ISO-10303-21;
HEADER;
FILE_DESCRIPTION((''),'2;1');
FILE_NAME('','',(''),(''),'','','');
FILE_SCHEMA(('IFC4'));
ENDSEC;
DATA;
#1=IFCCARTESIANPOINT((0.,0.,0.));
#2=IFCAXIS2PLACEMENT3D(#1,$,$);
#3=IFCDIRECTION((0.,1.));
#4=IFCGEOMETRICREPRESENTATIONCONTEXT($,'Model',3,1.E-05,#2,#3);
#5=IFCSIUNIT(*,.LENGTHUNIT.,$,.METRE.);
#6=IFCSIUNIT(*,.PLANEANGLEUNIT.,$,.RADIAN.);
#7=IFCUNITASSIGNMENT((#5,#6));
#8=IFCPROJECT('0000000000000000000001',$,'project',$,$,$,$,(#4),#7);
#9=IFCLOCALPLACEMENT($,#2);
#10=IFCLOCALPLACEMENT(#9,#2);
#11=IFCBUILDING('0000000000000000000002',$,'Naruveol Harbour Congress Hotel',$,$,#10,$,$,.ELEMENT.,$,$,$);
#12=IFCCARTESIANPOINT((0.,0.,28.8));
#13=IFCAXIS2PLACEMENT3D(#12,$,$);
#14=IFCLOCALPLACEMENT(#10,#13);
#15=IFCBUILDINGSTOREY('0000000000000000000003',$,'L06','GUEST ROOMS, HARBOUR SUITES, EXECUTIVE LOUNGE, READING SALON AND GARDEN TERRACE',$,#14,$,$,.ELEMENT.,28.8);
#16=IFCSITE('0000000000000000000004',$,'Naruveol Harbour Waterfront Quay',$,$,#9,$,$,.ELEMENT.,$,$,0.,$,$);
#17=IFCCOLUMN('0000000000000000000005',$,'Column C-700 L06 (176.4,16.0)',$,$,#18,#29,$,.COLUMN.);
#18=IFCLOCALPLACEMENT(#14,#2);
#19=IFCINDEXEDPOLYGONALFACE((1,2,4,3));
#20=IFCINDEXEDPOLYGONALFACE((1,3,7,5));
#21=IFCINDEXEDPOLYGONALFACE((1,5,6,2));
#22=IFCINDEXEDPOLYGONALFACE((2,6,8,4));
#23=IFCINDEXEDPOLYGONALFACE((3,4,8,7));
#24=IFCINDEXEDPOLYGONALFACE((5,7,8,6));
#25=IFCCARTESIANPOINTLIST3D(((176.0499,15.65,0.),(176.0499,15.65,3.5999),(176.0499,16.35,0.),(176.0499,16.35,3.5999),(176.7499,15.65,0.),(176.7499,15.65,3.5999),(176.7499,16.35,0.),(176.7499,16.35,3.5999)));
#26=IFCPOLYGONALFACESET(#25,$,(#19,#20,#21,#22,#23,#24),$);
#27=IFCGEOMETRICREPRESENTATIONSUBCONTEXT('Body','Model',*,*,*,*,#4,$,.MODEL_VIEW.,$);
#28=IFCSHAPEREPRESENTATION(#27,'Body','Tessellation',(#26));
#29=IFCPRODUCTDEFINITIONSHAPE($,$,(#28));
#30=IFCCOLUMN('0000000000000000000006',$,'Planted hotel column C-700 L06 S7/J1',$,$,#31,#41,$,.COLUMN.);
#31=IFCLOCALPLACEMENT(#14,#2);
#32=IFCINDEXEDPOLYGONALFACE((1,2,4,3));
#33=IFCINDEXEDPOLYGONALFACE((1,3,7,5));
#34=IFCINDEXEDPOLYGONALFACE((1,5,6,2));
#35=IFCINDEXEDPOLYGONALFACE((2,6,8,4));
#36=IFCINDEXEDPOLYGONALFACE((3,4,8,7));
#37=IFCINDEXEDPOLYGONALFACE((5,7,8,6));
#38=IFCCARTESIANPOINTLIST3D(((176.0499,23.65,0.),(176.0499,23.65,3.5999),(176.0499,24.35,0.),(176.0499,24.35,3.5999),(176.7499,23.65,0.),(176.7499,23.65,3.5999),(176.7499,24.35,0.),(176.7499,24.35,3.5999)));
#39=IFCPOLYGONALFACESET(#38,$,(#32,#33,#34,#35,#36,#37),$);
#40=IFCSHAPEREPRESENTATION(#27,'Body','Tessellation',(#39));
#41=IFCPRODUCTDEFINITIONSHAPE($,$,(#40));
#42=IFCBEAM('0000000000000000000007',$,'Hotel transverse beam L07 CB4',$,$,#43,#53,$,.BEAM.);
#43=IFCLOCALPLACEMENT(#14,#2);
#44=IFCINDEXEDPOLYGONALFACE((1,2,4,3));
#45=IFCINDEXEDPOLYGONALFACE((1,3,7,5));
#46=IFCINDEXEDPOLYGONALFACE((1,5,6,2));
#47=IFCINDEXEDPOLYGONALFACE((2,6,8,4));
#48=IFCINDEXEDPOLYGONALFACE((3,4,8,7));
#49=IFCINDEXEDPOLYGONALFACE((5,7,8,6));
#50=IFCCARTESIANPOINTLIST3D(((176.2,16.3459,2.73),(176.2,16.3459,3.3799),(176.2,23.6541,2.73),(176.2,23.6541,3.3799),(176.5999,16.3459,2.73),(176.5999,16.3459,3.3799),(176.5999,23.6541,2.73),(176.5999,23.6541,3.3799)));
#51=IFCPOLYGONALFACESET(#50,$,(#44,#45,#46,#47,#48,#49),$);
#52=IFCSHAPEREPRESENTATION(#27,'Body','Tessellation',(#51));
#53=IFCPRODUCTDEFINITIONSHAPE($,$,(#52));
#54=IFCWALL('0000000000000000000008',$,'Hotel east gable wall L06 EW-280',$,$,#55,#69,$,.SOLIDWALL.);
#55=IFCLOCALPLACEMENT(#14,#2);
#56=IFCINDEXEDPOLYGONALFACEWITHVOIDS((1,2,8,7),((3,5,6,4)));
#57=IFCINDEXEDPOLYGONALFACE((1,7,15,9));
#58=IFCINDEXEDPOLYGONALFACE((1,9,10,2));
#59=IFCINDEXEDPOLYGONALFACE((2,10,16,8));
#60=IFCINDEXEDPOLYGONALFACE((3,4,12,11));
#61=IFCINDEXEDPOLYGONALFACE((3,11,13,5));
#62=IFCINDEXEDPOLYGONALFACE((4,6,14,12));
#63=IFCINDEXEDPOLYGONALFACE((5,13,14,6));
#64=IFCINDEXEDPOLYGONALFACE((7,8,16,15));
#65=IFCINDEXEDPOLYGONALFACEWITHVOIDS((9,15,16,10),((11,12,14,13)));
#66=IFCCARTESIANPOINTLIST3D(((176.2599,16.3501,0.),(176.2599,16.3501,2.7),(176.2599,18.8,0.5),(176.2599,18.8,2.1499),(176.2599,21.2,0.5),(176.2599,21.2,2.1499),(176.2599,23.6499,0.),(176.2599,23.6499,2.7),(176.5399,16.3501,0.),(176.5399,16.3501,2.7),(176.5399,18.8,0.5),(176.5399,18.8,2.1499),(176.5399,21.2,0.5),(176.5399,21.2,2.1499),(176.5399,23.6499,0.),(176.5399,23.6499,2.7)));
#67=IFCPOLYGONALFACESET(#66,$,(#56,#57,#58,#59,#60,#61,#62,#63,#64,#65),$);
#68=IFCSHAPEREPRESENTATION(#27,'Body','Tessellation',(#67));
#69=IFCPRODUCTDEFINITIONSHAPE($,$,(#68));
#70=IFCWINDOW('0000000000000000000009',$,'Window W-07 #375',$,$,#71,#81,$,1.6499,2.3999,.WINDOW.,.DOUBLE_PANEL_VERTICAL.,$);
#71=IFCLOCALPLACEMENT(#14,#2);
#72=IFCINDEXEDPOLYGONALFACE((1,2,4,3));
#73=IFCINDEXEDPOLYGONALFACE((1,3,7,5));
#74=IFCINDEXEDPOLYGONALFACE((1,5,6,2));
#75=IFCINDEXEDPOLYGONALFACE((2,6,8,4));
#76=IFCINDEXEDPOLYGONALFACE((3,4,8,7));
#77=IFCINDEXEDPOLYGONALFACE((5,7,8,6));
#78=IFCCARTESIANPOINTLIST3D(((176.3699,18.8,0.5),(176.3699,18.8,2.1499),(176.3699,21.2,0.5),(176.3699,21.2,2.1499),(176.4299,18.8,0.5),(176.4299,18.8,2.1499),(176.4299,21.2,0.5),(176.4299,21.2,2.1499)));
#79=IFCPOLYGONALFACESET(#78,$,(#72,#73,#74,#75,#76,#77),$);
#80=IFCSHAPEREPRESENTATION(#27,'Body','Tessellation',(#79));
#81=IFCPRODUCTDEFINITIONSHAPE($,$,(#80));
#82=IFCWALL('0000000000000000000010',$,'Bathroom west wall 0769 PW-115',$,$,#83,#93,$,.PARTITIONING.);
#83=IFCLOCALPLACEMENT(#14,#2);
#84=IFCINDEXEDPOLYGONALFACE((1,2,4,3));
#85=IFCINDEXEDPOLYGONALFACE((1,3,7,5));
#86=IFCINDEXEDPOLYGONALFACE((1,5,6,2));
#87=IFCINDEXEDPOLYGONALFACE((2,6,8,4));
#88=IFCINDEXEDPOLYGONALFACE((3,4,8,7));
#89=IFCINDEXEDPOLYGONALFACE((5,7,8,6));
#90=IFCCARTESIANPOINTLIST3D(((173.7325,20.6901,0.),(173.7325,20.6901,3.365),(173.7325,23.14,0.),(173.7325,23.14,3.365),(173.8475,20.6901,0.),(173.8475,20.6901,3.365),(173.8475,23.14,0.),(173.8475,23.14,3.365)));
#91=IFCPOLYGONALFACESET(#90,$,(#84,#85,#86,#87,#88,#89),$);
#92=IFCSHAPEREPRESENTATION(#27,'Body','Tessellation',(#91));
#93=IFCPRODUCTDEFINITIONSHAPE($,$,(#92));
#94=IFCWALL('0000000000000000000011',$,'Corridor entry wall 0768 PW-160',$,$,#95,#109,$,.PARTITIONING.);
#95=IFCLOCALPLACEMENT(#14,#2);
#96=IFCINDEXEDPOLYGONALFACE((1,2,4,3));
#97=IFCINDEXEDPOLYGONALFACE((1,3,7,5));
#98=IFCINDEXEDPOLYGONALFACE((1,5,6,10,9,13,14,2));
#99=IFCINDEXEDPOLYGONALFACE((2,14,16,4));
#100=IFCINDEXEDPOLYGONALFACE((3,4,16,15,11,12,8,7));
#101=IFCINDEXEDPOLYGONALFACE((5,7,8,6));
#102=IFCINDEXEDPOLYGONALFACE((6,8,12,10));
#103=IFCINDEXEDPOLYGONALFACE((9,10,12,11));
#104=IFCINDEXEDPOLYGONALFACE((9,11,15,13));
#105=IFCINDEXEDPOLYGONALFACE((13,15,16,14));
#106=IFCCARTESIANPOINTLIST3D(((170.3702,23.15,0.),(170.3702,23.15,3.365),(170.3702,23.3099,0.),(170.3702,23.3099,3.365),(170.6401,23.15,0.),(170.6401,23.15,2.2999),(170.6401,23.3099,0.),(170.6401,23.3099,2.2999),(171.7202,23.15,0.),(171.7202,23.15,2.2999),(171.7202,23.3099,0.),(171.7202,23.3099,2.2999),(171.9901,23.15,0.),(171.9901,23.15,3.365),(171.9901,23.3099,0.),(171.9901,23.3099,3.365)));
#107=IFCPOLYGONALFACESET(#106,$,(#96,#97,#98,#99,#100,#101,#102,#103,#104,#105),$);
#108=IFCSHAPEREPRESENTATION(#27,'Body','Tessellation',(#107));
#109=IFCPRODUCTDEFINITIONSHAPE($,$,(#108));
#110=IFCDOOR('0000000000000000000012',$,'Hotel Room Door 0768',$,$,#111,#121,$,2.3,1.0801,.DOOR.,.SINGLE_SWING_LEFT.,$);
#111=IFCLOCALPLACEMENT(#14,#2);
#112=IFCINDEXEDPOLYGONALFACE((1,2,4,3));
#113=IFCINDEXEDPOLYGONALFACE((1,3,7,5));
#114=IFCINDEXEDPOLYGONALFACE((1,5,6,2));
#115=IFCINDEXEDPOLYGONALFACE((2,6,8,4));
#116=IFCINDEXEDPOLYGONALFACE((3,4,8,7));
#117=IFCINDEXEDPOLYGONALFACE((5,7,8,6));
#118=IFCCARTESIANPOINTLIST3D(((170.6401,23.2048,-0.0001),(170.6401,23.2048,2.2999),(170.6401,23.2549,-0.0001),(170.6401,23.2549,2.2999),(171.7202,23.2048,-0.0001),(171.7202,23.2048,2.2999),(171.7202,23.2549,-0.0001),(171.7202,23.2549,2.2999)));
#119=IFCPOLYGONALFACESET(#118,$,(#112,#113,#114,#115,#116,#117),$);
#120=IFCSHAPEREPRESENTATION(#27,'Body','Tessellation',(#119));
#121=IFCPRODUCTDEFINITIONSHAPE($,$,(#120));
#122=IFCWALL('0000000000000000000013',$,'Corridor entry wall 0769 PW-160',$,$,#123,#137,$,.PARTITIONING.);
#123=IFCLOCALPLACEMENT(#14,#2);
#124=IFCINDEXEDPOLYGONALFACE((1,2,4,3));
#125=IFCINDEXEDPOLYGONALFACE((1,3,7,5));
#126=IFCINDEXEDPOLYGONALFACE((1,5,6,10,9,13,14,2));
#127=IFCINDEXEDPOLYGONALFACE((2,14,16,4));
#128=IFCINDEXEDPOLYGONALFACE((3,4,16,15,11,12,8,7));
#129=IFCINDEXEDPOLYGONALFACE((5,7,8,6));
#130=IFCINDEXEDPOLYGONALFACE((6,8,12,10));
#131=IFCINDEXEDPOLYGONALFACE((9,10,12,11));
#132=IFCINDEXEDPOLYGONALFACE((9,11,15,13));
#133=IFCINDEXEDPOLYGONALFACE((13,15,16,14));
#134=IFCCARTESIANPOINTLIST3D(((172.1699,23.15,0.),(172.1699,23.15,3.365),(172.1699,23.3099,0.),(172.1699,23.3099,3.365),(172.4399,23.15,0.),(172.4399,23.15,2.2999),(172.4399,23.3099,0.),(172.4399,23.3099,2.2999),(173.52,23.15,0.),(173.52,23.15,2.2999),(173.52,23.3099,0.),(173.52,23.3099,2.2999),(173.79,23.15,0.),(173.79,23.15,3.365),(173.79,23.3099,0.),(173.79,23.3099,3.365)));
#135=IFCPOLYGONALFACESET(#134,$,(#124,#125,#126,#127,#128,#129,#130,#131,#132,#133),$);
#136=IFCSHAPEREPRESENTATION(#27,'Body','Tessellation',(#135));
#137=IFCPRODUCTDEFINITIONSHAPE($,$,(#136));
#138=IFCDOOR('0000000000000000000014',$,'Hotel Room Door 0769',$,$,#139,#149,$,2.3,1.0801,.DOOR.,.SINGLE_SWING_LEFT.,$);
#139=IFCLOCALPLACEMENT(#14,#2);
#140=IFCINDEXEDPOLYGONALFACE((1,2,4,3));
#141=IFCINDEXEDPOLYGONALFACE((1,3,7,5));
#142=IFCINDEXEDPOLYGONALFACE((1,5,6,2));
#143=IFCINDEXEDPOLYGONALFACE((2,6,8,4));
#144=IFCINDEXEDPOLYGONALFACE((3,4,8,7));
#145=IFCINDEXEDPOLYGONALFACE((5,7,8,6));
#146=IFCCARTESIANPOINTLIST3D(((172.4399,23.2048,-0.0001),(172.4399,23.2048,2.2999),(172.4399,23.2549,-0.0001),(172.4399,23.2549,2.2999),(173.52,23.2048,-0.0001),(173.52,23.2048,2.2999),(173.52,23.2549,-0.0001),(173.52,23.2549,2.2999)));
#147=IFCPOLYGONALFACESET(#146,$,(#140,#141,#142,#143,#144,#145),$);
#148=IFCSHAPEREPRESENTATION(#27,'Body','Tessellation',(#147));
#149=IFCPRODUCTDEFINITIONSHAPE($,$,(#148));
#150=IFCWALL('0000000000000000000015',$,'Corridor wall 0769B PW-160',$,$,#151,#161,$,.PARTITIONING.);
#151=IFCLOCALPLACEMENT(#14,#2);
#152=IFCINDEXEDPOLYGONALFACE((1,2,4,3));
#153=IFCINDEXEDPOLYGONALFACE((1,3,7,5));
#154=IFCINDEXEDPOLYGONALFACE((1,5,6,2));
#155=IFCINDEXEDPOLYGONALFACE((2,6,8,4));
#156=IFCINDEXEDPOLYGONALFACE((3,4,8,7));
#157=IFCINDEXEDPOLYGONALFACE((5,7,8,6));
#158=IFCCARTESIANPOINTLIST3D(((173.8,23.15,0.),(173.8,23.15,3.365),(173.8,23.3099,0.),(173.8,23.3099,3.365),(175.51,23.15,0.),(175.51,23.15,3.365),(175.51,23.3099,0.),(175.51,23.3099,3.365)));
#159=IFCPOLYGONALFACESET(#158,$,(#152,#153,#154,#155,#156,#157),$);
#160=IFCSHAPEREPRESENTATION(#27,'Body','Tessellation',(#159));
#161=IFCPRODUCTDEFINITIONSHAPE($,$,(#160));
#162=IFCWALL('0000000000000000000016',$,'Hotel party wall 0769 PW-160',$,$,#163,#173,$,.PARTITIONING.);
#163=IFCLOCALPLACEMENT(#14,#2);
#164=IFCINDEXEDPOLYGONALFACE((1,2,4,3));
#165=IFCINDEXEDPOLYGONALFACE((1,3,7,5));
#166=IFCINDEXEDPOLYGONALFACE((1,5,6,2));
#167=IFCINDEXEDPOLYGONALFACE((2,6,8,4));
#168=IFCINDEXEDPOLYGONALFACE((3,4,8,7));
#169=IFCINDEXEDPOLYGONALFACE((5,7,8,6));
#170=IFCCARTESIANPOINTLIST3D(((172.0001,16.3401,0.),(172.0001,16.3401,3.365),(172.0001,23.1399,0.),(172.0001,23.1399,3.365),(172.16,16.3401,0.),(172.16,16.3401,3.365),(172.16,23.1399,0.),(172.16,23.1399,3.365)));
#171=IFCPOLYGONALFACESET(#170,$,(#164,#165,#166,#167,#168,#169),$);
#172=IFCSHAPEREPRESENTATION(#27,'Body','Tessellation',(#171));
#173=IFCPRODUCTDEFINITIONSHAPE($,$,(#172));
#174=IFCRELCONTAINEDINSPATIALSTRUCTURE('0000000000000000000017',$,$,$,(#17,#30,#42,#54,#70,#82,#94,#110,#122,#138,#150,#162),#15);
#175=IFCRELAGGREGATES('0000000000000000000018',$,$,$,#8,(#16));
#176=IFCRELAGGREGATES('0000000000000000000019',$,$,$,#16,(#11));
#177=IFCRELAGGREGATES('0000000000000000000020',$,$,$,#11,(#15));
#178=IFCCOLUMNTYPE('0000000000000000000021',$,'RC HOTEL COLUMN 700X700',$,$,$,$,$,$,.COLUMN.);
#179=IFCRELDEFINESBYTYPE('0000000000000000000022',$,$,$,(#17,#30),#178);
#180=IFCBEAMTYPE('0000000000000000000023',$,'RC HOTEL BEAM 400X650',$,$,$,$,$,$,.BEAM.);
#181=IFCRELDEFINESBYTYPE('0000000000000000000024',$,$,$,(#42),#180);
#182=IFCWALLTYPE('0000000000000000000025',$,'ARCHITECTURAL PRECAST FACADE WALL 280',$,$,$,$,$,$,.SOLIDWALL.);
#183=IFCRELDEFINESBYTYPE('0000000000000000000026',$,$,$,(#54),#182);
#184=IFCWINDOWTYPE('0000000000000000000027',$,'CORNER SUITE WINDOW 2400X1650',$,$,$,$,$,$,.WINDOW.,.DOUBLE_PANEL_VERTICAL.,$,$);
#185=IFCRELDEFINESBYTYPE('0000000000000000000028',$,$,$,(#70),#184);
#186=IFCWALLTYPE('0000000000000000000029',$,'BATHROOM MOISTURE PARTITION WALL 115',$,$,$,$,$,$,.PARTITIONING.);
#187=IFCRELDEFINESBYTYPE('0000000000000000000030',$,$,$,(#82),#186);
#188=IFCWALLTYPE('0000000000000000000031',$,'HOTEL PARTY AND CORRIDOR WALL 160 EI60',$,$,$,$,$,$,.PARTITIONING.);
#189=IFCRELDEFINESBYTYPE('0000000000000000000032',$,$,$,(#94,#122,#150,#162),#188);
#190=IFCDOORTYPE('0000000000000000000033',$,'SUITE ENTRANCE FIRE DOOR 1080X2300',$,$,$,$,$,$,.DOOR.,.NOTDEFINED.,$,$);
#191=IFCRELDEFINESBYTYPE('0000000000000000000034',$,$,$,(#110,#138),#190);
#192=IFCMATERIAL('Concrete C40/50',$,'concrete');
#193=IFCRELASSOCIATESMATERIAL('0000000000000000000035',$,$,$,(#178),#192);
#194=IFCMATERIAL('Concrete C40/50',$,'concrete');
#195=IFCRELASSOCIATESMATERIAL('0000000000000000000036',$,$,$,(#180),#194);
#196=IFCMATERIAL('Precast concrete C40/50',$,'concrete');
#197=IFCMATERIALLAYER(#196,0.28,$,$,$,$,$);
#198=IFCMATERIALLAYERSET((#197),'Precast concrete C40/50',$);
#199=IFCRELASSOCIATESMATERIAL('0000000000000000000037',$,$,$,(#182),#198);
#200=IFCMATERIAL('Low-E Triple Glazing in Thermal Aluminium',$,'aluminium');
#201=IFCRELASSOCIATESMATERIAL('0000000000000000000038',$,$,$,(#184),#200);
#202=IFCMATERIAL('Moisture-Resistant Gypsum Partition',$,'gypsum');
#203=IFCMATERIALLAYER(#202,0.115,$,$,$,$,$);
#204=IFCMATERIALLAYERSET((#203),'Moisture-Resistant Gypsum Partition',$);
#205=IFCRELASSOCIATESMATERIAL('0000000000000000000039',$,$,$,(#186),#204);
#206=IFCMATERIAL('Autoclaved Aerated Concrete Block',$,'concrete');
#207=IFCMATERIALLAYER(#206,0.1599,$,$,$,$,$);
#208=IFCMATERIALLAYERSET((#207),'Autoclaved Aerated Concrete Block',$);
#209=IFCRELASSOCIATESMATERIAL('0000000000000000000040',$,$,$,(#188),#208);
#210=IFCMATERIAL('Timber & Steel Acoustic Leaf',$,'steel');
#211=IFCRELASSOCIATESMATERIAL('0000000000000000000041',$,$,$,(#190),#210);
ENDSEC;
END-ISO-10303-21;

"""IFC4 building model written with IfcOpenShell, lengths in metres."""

from ifc_helpers import new_model, si_unit, direction, frame, frame_2d, origin, origin_2d, place, context, subcontext, project, spatial, rectangle, extrude, material, layer, layer_set, material_profile, profile_set, type_object, element, fill, save


model = new_model("IFC4")

# Units and contexts
model_context = context("Model", 3, precision=1e-05, world=origin(), true_north=direction((0.0, 1.0)))
body_context = subcontext(model_context, "Body", "Model", "MODEL_VIEW")
ifc_project = project(units=[si_unit("LENGTHUNIT", "METRE"), si_unit("PLANEANGLEUNIT", "RADIAN")], contexts=[model_context])

# Site, building, storey
site_placement = place(None, origin())
site = spatial("IfcSite", under=ifc_project, at=site_placement, Name="Naruveol Harbour Waterfront Quay", CompositionType="ELEMENT", RefElevation=0.0)
building_placement = place(site_placement, origin())
building = spatial("IfcBuilding", under=site, at=building_placement, Name="Naruveol Harbour Congress Hotel", CompositionType="ELEMENT")
storey_placement = place(building_placement, frame((0.0, 0.0, 28.8)))
storey = spatial("IfcBuildingStorey", under=building, at=storey_placement, Name="L06", Description="GUEST ROOMS, HARBOUR SUITES, EXECUTIVE LOUNGE, READING SALON AND GARDEN TERRACE", CompositionType="ELEMENT", Elevation=28.8)

# Columns
ifc_material_1 = material(Name="Concrete C40/50", Category="concrete")
ifc_material_profile_1 = material_profile(ifc_material_1, rectangle(XDim=0.7, YDim=0.7, at=origin_2d()), Name="RC-700x700")
ifc_profile_set_1 = profile_set([ifc_material_profile_1], Name="Concrete C40/50")
column_type = type_object("IfcColumnType", Name="RC HOTEL COLUMN 700X700", PredefinedType="COLUMN", material=ifc_profile_set_1)
for number, where, z_axis, x_axis, name in (
    (1, (176.3999, 16.0, 0.0), (0.0, 0.0, 1.0), (1.0, 0.0, 0.0), "Column C-700 L06 (176.4,16.0)"),
    (2, (176.3999, 24.0, 0.0), (0.0, 0.0, 1.0), (1.0, 0.0, 0.0), "Planted hotel column C-700 L06 S7/J1"),
):
    element("IfcColumn", number, at=place(storey_placement, frame(where, z_axis=z_axis, x_axis=x_axis)), inside=storey, type_object=column_type, Name=name, PredefinedType="COLUMN", context=body_context, shape_type="SweptSolid", body=[
        extrude(rectangle(XDim=0.7, YDim=0.7, at=origin_2d()), origin(), (0.0, 0.0, 1.0), 3.5999),
    ])

# Beam
ifc_material_2 = material(Name="Concrete C40/50", Category="concrete")
ifc_material_profile_2 = material_profile(ifc_material_2, rectangle(XDim=0.3999, YDim=0.6499, at=origin_2d()), Name="RCB-400x650")
ifc_profile_set_2 = profile_set([ifc_material_profile_2], Name="Concrete C40/50")
beam_type = type_object("IfcBeamType", Name="RC HOTEL BEAM 400X650", PredefinedType="BEAM", material=ifc_profile_set_2)
beam_placement = place(storey_placement, frame((176.3999, 16.3459, 3.0549), z_axis=(0.0, 1.0, 0.0), x_axis=(-1.0, 0.0, 0.0)))
element("IfcBeam", 3, at=beam_placement, inside=storey, type_object=beam_type, Name="Hotel transverse beam L07 CB4", PredefinedType="BEAM", context=body_context, shape_type="SweptSolid", body=[
    extrude(rectangle(XDim=0.3999, YDim=0.6499, at=origin_2d()), origin(), (0.0, 0.0, 1.0), 7.3081),
])

# Wall, opening, window
ifc_material_3 = material(Name="Precast concrete C40/50", Category="concrete")
ifc_layer_1 = layer(ifc_material_3, 0.28)
ifc_layer_set_1 = layer_set([ifc_layer_1], Name="Precast concrete C40/50")
wall_type_1 = type_object("IfcWallType", Name="ARCHITECTURAL PRECAST FACADE WALL 280", PredefinedType="SOLIDWALL", material=ifc_layer_set_1)
wall_1_placement = place(storey_placement, frame((176.3999, 23.6499, 0.0), z_axis=(0.0, 0.0, 1.0), x_axis=(0.0, -1.0, 0.0)))
wall_1 = element("IfcWall", 4, at=wall_1_placement, inside=storey, type_object=wall_type_1, Name="Hotel east gable wall L06 EW-280", PredefinedType="SOLIDWALL", context=body_context, shape_type="SweptSolid", body=[
    extrude(rectangle(XDim=7.2998, YDim=0.28, at=frame_2d((3.6499, 0.0))), origin(), (0.0, 0.0, 1.0), 2.7),
])
opening_1_placement = place(wall_1_placement, frame((2.45, 0.0, 0.5)))
opening_1 = element("IfcOpeningElement", 5, at=opening_1_placement, cuts=wall_1, PredefinedType="OPENING", context=body_context, shape_type="SweptSolid", body=[
    extrude(rectangle(XDim=2.3999, YDim=1.6499, at=frame_2d((1.2, 0.825))), frame((0.0, 0.1499, 0.0), z_axis=(0.0, -1.0, 0.0), x_axis=(1.0, 0.0, 0.0)), (0.0, 0.0, 1.0), 0.3),
])
ifc_material_4 = material(Name="Low-E Triple Glazing in Thermal Aluminium", Category="aluminium")
window_type_1 = type_object("IfcWindowType", Name="CORNER SUITE WINDOW 2400X1650", PartitioningType="DOUBLE_PANEL_VERTICAL", PredefinedType="WINDOW", material=ifc_material_4)
window_1_placement = place(opening_1_placement, origin())
window_1 = element("IfcWindow", 6, at=window_1_placement, inside=storey, type_object=window_type_1, Name="Window W-07 #375", OverallHeight=1.6499, OverallWidth=2.3999, PartitioningType="DOUBLE_PANEL_VERTICAL", PredefinedType="WINDOW", context=body_context, shape_type="SweptSolid", body=[
    extrude(rectangle(XDim=2.3999, YDim=1.6499, at=frame_2d((1.2, 0.825))), frame((0.0, 0.03, 0.0), z_axis=(0.0, -1.0, 0.0), x_axis=(1.0, 0.0, 0.0)), (0.0, 0.0, 1.0), 0.0601),
])
fill(opening_1, window_1)

# Wall
ifc_material_5 = material(Name="Moisture-Resistant Gypsum Partition", Category="gypsum")
ifc_layer_2 = layer(ifc_material_5, 0.115)
ifc_layer_set_2 = layer_set([ifc_layer_2], Name="Moisture-Resistant Gypsum Partition")
wall_type_2 = type_object("IfcWallType", Name="BATHROOM MOISTURE PARTITION WALL 115", PredefinedType="PARTITIONING", material=ifc_layer_set_2)
wall_2_placement = place(storey_placement, frame((173.79, 20.6899, 0.0), z_axis=(0.0, 0.0, 1.0), x_axis=(0.0, 1.0, 0.0)))
element("IfcWall", 7, at=wall_2_placement, inside=storey, type_object=wall_type_2, Name="Bathroom west wall 0769 PW-115", PredefinedType="PARTITIONING", context=body_context, shape_type="SweptSolid", body=[
    extrude(rectangle(XDim=2.45, YDim=0.115, at=frame_2d((1.2251, 0.0))), origin(), (0.0, 0.0, 1.0), 3.365),
])

# Walls, openings, doors
ifc_material_6 = material(Name="Autoclaved Aerated Concrete Block", Category="concrete")
ifc_layer_3 = layer(ifc_material_6, 0.1599)
ifc_layer_set_3 = layer_set([ifc_layer_3], Name="Autoclaved Aerated Concrete Block")
wall_type_3 = type_object("IfcWallType", Name="HOTEL PARTY AND CORRIDOR WALL 160 EI60", PredefinedType="PARTITIONING", material=ifc_layer_set_3)
wall_3_placement = place(storey_placement, frame((170.3701, 23.23, 0.0), z_axis=(0.0, 0.0, 1.0), x_axis=(1.0, 0.0, 0.0)))
wall_3 = element("IfcWall", 8, at=wall_3_placement, inside=storey, type_object=wall_type_3, Name="Corridor entry wall 0768 PW-160", PredefinedType="PARTITIONING", context=body_context, shape_type="SweptSolid", body=[
    extrude(rectangle(XDim=1.6199, YDim=0.1599, at=frame_2d((0.8101, 0.0))), origin(), (0.0, 0.0, 1.0), 3.365),
])
opening_2_placement = place(wall_3_placement, frame((0.27, 0.0, 0.0)))
opening_2 = element("IfcOpeningElement", 9, at=opening_2_placement, cuts=wall_3, PredefinedType="OPENING", context=body_context, shape_type="SweptSolid", body=[
    extrude(rectangle(XDim=1.0801, YDim=2.3, at=frame_2d((0.54, 1.1499))), frame((0.0, 0.0898, 0.0), z_axis=(0.0, -1.0, 0.0), x_axis=(1.0, 0.0, 0.0)), (0.0, 0.0, 1.0), 0.1799),
])
ifc_material_7 = material(Name="Timber & Steel Acoustic Leaf", Category="steel")
door_type_1 = type_object("IfcDoorType", Name="SUITE ENTRANCE FIRE DOOR 1080X2300", OperationType="NOTDEFINED", PredefinedType="DOOR", material=ifc_material_7)
door_1_placement = place(opening_2_placement, origin())
door_1 = element("IfcDoor", 10, at=door_1_placement, inside=storey, type_object=door_type_1, Name="Hotel Room Door 0768", OperationType="SINGLE_SWING_LEFT", OverallHeight=2.3, OverallWidth=1.0801, PredefinedType="DOOR", context=body_context, shape_type="SweptSolid", body=[
    extrude(rectangle(XDim=1.0801, YDim=2.3, at=frame_2d((0.54, 1.1499))), frame((0.0, 0.0249, 0.0), z_axis=(0.0, -1.0, 0.0), x_axis=(1.0, 0.0, 0.0)), (0.0, 0.0, 1.0), 0.05),
])
fill(opening_2, door_1)
wall_4_placement = place(storey_placement, frame((172.1699, 23.23, 0.0), z_axis=(0.0, 0.0, 1.0), x_axis=(1.0, 0.0, 0.0)))
wall_4 = element("IfcWall", 11, at=wall_4_placement, inside=storey, type_object=wall_type_3, Name="Corridor entry wall 0769 PW-160", PredefinedType="PARTITIONING", context=body_context, shape_type="SweptSolid", body=[
    extrude(rectangle(XDim=1.6201, YDim=0.1599, at=frame_2d((0.8101, 0.0))), origin(), (0.0, 0.0, 1.0), 3.365),
])
opening_3_placement = place(wall_4_placement, frame((0.27, 0.0, 0.0)))
opening_3 = element("IfcOpeningElement", 12, at=opening_3_placement, cuts=wall_4, PredefinedType="OPENING", context=body_context, shape_type="SweptSolid", body=[
    extrude(rectangle(XDim=1.0801, YDim=2.3, at=frame_2d((0.54, 1.1499))), frame((0.0, 0.0898, 0.0), z_axis=(0.0, -1.0, 0.0), x_axis=(1.0, 0.0, 0.0)), (0.0, 0.0, 1.0), 0.1799),
])
door_2_placement = place(opening_3_placement, origin())
door_2 = element("IfcDoor", 13, at=door_2_placement, inside=storey, type_object=door_type_1, Name="Hotel Room Door 0769", OperationType="SINGLE_SWING_LEFT", OverallHeight=2.3, OverallWidth=1.0801, PredefinedType="DOOR", context=body_context, shape_type="SweptSolid", body=[
    extrude(rectangle(XDim=1.0801, YDim=2.3, at=frame_2d((0.54, 1.1499))), frame((0.0, 0.0249, 0.0), z_axis=(0.0, -1.0, 0.0), x_axis=(1.0, 0.0, 0.0)), (0.0, 0.0, 1.0), 0.05),
])
fill(opening_3, door_2)

# Walls
wall_5_placement = place(storey_placement, frame((173.8, 23.23, 0.0), z_axis=(0.0, 0.0, 1.0), x_axis=(1.0, 0.0, 0.0)))
element("IfcWall", 14, at=wall_5_placement, inside=storey, type_object=wall_type_3, Name="Corridor wall 0769B PW-160", PredefinedType="PARTITIONING", context=body_context, shape_type="SweptSolid", body=[
    extrude(rectangle(XDim=1.71, YDim=0.1599, at=frame_2d((0.855, 0.0))), origin(), (0.0, 0.0, 1.0), 3.365),
])
for number, where, z_axis, x_axis, name in (
    (15, (172.0801, 16.3401, 0.0), (0.0, 0.0, 1.0), (0.0, 1.0, 0.0), "Hotel party wall 0769 PW-160"),
):
    element("IfcWall", number, at=place(storey_placement, frame(where, z_axis=z_axis, x_axis=x_axis)), inside=storey, type_object=wall_type_3, Name=name, PredefinedType="PARTITIONING", context=body_context, shape_type="SweptSolid", body=[
        extrude(rectangle(XDim=6.7998, YDim=0.1599, at=frame_2d((3.3999, 0.0))), origin(), (0.0, 0.0, 1.0), 3.365),
    ])

save(model, "model.ifc")
